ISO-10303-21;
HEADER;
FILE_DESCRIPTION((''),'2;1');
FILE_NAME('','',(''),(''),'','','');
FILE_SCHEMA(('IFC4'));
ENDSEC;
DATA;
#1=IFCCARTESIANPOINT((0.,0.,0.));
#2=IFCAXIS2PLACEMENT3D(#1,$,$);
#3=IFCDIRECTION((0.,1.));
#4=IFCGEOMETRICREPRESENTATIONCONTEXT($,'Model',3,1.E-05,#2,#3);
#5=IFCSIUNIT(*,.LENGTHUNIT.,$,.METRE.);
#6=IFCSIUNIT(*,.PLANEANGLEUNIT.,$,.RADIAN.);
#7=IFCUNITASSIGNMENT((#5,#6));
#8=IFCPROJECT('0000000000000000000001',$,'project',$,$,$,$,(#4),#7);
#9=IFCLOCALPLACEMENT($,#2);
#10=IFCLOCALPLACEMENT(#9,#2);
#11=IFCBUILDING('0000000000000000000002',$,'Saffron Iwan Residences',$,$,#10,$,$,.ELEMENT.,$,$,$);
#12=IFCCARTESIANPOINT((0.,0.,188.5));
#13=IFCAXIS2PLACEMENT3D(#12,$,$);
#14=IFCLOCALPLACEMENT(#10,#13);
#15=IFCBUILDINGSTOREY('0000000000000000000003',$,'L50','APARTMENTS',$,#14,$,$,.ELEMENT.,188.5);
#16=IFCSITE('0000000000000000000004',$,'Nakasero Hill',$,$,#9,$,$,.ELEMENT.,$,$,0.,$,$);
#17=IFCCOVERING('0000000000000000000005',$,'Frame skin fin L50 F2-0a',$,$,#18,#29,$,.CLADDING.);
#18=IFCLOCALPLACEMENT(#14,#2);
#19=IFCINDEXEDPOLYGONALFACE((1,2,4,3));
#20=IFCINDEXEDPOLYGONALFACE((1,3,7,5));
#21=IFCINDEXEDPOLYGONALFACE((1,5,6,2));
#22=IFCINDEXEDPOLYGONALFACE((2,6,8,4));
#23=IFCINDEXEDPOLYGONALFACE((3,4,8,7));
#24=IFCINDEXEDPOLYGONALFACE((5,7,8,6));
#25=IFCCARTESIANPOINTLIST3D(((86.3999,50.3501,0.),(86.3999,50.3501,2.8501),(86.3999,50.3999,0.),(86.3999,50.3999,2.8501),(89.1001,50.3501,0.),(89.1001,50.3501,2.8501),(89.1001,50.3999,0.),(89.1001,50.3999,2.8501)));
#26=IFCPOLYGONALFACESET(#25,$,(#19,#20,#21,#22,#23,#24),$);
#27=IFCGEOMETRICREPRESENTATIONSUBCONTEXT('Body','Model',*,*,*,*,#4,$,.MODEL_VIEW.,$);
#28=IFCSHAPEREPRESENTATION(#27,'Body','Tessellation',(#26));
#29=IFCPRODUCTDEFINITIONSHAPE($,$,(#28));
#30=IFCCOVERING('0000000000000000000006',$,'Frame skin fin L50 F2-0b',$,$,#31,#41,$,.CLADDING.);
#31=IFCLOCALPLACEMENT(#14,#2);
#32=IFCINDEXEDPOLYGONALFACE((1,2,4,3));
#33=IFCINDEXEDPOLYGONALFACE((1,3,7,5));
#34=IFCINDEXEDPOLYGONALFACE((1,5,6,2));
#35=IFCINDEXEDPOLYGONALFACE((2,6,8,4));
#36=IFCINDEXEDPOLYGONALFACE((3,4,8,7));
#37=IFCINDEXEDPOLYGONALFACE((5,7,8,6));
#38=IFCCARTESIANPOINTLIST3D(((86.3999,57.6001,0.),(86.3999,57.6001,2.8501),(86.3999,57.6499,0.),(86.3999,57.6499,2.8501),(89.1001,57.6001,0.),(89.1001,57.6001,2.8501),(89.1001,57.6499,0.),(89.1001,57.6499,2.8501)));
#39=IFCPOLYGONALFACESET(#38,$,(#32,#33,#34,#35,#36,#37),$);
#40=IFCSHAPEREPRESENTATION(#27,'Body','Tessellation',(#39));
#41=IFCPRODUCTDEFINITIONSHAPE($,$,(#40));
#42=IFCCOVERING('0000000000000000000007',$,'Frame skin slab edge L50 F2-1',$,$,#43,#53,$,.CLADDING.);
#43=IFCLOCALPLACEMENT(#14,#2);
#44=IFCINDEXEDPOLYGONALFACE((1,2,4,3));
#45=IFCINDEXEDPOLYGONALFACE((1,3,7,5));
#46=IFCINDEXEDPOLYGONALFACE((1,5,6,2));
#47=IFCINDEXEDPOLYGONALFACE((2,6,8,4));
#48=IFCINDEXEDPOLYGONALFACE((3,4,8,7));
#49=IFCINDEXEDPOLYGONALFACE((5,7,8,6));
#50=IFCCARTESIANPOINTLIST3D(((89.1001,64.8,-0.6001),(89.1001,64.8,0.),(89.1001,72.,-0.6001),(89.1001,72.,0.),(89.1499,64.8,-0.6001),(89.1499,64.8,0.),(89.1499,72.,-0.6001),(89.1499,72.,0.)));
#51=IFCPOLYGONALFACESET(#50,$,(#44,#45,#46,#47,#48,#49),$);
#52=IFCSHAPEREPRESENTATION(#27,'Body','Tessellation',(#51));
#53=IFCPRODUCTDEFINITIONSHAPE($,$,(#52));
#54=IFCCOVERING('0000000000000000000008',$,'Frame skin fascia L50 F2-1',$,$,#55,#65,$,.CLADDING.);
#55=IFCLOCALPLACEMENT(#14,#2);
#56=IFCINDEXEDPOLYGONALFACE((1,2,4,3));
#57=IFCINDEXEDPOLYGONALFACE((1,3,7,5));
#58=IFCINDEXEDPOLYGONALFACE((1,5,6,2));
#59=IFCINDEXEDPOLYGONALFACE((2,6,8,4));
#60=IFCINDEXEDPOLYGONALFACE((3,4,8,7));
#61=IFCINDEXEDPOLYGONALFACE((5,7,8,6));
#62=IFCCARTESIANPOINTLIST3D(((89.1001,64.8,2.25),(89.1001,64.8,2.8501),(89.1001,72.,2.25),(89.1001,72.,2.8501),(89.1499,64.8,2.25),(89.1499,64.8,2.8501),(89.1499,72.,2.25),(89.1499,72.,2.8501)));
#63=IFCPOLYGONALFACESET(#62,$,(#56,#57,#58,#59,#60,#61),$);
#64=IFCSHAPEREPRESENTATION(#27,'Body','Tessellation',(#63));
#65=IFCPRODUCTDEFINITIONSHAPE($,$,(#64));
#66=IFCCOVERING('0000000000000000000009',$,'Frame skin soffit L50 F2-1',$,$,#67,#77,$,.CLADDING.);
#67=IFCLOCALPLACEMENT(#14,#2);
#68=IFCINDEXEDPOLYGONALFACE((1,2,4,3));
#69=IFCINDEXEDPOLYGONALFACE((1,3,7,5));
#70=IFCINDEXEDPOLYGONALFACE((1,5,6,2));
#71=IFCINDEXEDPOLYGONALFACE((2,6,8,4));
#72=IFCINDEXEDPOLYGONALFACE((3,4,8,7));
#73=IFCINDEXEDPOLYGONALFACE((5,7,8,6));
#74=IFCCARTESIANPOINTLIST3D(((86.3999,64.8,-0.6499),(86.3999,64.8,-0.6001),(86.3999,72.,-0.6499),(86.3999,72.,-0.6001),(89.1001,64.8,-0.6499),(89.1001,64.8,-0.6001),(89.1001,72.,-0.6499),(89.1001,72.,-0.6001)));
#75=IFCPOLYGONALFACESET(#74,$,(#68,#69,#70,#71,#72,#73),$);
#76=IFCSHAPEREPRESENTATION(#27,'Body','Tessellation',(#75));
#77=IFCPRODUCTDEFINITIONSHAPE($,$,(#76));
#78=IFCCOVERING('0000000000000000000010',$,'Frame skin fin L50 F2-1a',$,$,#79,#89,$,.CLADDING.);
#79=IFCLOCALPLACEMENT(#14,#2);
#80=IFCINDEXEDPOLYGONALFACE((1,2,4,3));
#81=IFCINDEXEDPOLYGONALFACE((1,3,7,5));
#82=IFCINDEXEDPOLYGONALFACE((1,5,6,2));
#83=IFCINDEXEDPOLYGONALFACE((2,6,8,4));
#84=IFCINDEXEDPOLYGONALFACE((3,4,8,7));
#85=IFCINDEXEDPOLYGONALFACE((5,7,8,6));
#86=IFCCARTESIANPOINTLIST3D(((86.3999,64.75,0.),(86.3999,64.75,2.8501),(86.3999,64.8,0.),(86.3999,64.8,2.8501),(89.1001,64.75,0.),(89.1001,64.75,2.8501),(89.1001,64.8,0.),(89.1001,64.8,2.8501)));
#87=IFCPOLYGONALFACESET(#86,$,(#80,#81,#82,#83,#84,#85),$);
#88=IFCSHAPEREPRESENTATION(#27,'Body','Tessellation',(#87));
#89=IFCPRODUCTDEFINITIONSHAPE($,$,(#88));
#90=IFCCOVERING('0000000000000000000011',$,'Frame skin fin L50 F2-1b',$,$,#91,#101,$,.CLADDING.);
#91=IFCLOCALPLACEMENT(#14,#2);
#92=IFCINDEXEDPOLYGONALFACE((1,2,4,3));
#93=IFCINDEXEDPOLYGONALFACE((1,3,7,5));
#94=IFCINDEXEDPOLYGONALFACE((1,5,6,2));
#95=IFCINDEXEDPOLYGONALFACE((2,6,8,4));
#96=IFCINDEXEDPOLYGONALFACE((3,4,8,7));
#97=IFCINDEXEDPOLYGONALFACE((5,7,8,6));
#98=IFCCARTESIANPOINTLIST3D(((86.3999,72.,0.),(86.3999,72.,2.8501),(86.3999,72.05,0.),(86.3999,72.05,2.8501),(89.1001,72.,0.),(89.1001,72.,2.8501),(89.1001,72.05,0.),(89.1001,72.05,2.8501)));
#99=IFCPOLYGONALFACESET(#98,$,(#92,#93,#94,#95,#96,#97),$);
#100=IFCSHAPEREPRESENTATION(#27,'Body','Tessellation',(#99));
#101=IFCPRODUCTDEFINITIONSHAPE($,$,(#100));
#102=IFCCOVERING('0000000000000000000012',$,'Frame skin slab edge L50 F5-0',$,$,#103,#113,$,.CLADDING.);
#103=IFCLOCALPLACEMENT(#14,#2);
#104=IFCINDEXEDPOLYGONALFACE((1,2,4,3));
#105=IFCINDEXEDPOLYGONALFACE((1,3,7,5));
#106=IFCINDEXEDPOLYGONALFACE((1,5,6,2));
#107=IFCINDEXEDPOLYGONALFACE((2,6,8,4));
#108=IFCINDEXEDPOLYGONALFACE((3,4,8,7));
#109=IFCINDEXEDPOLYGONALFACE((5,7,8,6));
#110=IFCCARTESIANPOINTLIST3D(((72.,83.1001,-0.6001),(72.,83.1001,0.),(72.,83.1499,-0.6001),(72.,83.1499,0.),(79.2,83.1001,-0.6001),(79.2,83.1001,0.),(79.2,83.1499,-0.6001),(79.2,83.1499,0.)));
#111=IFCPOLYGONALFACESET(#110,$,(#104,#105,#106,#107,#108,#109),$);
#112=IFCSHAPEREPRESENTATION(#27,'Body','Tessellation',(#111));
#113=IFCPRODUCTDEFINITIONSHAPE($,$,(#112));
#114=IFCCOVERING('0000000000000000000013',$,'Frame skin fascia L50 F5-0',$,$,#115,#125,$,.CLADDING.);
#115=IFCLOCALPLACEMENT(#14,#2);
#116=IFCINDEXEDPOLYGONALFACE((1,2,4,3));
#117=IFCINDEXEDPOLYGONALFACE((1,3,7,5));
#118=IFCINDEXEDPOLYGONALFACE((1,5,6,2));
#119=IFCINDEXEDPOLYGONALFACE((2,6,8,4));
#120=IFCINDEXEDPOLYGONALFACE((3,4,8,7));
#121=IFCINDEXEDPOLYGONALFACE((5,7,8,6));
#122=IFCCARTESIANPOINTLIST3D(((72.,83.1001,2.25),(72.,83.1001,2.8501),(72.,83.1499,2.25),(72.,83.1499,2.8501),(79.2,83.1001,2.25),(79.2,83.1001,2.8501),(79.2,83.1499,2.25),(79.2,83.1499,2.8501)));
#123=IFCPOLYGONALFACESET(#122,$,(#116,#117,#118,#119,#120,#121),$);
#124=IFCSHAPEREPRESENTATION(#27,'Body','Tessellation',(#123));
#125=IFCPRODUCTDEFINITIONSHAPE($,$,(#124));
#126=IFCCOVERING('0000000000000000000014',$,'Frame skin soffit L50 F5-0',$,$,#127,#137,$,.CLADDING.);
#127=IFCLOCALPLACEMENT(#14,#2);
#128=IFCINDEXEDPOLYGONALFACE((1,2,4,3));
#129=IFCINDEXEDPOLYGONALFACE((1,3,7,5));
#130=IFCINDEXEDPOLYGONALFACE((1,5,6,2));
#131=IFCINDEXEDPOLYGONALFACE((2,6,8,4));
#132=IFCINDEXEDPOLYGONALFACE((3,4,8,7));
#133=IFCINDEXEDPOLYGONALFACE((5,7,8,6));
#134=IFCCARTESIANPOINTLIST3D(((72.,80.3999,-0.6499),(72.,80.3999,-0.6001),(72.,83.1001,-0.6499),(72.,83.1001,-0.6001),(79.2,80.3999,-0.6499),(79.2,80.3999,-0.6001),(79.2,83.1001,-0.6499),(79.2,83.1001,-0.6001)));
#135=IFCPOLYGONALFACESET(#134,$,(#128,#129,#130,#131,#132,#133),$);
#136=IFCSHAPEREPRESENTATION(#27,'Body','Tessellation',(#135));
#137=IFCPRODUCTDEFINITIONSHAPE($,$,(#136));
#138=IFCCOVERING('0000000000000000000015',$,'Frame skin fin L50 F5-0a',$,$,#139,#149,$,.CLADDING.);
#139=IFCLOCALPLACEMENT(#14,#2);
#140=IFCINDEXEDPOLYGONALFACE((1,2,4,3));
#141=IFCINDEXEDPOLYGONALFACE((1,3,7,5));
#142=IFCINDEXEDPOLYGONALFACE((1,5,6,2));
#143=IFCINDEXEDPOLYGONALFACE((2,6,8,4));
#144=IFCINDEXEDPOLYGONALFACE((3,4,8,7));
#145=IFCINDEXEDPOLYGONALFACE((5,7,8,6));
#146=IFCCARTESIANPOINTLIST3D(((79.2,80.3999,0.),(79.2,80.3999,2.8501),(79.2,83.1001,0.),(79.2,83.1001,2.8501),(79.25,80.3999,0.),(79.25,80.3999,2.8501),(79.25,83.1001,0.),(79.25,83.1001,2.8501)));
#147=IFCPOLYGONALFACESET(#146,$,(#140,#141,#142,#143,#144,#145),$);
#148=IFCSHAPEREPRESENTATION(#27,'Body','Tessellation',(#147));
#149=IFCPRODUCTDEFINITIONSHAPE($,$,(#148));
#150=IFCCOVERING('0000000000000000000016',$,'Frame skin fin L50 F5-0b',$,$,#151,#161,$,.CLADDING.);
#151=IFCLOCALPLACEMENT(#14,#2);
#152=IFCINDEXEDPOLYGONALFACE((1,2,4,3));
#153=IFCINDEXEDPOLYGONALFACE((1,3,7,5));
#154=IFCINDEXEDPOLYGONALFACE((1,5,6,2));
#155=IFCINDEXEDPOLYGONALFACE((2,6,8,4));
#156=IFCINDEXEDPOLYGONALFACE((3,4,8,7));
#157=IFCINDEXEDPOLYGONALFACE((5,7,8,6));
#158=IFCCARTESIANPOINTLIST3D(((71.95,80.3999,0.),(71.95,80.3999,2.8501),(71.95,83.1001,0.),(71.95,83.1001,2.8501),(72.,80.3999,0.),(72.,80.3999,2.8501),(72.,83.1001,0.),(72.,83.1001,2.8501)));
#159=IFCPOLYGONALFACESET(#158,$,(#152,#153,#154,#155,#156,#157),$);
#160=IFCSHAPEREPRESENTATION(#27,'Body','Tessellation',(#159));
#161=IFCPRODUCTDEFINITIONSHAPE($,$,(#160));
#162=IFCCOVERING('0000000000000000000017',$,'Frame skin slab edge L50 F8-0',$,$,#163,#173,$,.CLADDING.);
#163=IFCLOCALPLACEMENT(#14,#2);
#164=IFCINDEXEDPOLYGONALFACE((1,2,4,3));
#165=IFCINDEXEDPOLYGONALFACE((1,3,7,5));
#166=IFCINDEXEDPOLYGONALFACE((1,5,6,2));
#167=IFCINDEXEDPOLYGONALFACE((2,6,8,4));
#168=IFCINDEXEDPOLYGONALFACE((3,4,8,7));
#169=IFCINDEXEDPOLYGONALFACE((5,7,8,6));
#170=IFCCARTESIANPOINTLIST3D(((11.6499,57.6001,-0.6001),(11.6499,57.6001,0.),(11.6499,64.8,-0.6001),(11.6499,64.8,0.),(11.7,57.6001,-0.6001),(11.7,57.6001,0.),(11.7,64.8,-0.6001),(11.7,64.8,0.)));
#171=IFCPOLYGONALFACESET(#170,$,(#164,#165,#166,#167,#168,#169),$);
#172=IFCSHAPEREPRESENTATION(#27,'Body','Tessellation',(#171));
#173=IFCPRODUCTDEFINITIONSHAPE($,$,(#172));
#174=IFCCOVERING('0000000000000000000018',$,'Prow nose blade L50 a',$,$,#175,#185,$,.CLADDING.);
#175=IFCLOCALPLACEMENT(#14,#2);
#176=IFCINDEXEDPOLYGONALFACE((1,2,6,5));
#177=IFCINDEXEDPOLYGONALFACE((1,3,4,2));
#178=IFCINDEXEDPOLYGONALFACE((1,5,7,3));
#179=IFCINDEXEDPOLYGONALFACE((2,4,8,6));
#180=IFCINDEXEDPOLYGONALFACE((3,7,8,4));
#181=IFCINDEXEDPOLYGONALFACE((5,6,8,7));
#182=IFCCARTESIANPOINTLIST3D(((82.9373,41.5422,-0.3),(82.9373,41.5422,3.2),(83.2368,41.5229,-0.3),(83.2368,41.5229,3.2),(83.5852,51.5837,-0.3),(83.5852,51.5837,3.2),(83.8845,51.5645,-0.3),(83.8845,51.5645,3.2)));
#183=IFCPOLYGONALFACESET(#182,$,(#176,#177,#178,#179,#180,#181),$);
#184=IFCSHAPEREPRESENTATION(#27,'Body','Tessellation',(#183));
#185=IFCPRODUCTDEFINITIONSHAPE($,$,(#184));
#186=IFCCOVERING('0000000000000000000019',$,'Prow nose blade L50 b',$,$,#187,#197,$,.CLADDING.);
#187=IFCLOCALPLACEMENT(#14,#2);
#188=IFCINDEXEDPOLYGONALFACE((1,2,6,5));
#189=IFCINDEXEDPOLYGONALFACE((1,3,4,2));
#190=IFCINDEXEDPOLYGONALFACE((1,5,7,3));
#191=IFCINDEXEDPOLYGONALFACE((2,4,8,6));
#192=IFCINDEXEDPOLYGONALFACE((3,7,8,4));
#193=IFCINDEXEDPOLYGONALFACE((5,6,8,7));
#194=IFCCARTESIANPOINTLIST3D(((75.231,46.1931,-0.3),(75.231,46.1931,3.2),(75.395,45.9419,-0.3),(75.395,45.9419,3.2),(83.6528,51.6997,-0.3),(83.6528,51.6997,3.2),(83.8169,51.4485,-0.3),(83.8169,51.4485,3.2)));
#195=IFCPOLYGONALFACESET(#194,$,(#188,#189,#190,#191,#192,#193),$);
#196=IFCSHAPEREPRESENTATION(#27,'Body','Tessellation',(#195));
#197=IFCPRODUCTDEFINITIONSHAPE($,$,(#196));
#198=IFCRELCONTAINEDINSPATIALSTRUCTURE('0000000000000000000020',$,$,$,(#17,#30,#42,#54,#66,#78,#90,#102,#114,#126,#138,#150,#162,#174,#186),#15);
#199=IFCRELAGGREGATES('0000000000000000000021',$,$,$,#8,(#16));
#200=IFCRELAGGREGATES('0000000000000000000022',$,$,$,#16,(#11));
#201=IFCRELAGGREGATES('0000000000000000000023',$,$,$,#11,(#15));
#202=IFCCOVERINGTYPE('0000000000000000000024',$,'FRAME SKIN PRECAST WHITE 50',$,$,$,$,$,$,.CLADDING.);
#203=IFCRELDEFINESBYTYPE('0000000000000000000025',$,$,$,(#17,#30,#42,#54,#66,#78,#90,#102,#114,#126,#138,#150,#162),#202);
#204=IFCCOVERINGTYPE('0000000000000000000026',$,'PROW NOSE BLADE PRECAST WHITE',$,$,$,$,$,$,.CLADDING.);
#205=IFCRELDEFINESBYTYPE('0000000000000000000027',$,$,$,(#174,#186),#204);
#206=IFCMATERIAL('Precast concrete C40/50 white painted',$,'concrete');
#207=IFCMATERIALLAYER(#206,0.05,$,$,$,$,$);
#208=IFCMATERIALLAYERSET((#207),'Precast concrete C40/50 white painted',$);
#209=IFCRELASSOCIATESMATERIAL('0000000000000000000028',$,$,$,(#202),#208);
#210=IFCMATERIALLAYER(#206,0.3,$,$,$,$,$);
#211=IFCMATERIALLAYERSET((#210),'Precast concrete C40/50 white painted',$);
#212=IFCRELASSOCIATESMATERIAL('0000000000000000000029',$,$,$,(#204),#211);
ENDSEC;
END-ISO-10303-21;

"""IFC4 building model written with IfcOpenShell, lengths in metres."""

from ifc_helpers import new_model, si_unit, direction, frame, origin, place, context, subcontext, project, spatial, polyline, outline, extrude, material, layer, layer_set, type_object, element, save


model = new_model("IFC4")

# Units and contexts
model_context = context("Model", 3, precision=1e-05, world=origin(), true_north=direction((0.0, 1.0)))
body_context = subcontext(model_context, "Body", "Model", "MODEL_VIEW")
ifc_project = project(units=[si_unit("LENGTHUNIT", "METRE"), si_unit("PLANEANGLEUNIT", "RADIAN")], contexts=[model_context])

# Site, building, storey
site_placement = place(None, origin())
site = spatial("IfcSite", under=ifc_project, at=site_placement, Name="Nakasero Hill", CompositionType="ELEMENT", RefElevation=0.0)
building_placement = place(site_placement, origin())
building = spatial("IfcBuilding", under=site, at=building_placement, Name="Saffron Iwan Residences", CompositionType="ELEMENT")
storey_placement = place(building_placement, frame((0.0, 0.0, 188.5)))
storey = spatial("IfcBuildingStorey", under=building, at=storey_placement, Name="L50", Description="APARTMENTS", CompositionType="ELEMENT", Elevation=188.5)

# Coverings
ifc_material_1 = material(Name="Precast concrete C40/50 white painted", Category="concrete")
ifc_layer_1 = layer(ifc_material_1, 0.05)
ifc_layer_set_1 = layer_set([ifc_layer_1], Name="Precast concrete C40/50 white painted")
covering_type_1 = type_object("IfcCoveringType", Name="FRAME SKIN PRECAST WHITE 50", PredefinedType="CLADDING", material=ifc_layer_set_1)
covering_1_placement = place(storey_placement, origin())
element("IfcCovering", 1, at=covering_1_placement, inside=storey, type_object=covering_type_1, Name="Frame skin fin L50 F2-0a", PredefinedType="CLADDING", context=body_context, shape_type="SweptSolid", body=[
    extrude(outline(polyline([(89.1001, 50.3501), (89.1001, 50.3999), (86.3999, 50.3999), (86.3999, 50.3501), (89.1001, 50.3501)])), origin(), (0.0, 0.0, 1.0), 2.8501),
])
covering_2_placement = place(storey_placement, origin())
element("IfcCovering", 2, at=covering_2_placement, inside=storey, type_object=covering_type_1, Name="Frame skin fin L50 F2-0b", PredefinedType="CLADDING", context=body_context, shape_type="SweptSolid", body=[
    extrude(outline(polyline([(89.1001, 57.6001), (89.1001, 57.6499), (86.3999, 57.6499), (86.3999, 57.6001), (89.1001, 57.6001)])), origin(), (0.0, 0.0, 1.0), 2.8501),
])
for number, where, name in (
    (3, (0.0, 0.0, -0.6001), "Frame skin slab edge L50 F2-1"),
    (4, (0.0, 0.0, 2.25), "Frame skin fascia L50 F2-1"),
):
    element("IfcCovering", number, at=place(storey_placement, frame(where)), inside=storey, type_object=covering_type_1, Name=name, PredefinedType="CLADDING", context=body_context, shape_type="SweptSolid", body=[
        extrude(outline(polyline([(89.1499, 64.8), (89.1499, 72.0), (89.1001, 72.0), (89.1001, 64.8), (89.1499, 64.8)])), origin(), (0.0, 0.0, 1.0), 0.6001),
    ])
covering_3_placement = place(storey_placement, frame((0.0, 0.0, -0.6499)))
element("IfcCovering", 5, at=covering_3_placement, inside=storey, type_object=covering_type_1, Name="Frame skin soffit L50 F2-1", PredefinedType="CLADDING", context=body_context, shape_type="SweptSolid", body=[
    extrude(outline(polyline([(89.1001, 64.8), (89.1001, 72.0), (86.3999, 72.0), (86.3999, 64.8), (89.1001, 64.8)])), origin(), (0.0, 0.0, 1.0), 0.0498),
])
covering_4_placement = place(storey_placement, origin())
element("IfcCovering", 6, at=covering_4_placement, inside=storey, type_object=covering_type_1, Name="Frame skin fin L50 F2-1a", PredefinedType="CLADDING", context=body_context, shape_type="SweptSolid", body=[
    extrude(outline(polyline([(89.1001, 64.75), (89.1001, 64.8), (86.3999, 64.8), (86.3999, 64.75), (89.1001, 64.75)])), origin(), (0.0, 0.0, 1.0), 2.8501),
])
covering_5_placement = place(storey_placement, origin())
element("IfcCovering", 7, at=covering_5_placement, inside=storey, type_object=covering_type_1, Name="Frame skin fin L50 F2-1b", PredefinedType="CLADDING", context=body_context, shape_type="SweptSolid", body=[
    extrude(outline(polyline([(89.1001, 72.0), (89.1001, 72.05), (86.3999, 72.05), (86.3999, 72.0), (89.1001, 72.0)])), origin(), (0.0, 0.0, 1.0), 2.8501),
])
for number, where, name in (
    (8, (0.0, 0.0, -0.6001), "Frame skin slab edge L50 F5-0"),
    (9, (0.0, 0.0, 2.25), "Frame skin fascia L50 F5-0"),
):
    element("IfcCovering", number, at=place(storey_placement, frame(where)), inside=storey, type_object=covering_type_1, Name=name, PredefinedType="CLADDING", context=body_context, shape_type="SweptSolid", body=[
        extrude(outline(polyline([(79.2, 83.1499), (72.0, 83.1499), (72.0, 83.1001), (79.2, 83.1001), (79.2, 83.1499)])), origin(), (0.0, 0.0, 1.0), 0.6001),
    ])
covering_6_placement = place(storey_placement, frame((0.0, 0.0, -0.6499)))
element("IfcCovering", 10, at=covering_6_placement, inside=storey, type_object=covering_type_1, Name="Frame skin soffit L50 F5-0", PredefinedType="CLADDING", context=body_context, shape_type="SweptSolid", body=[
    extrude(outline(polyline([(79.2, 83.1001), (72.0, 83.1001), (72.0, 80.3999), (79.2, 80.3999), (79.2, 83.1001)])), origin(), (0.0, 0.0, 1.0), 0.0498),
])
covering_7_placement = place(storey_placement, origin())
element("IfcCovering", 11, at=covering_7_placement, inside=storey, type_object=covering_type_1, Name="Frame skin fin L50 F5-0a", PredefinedType="CLADDING", context=body_context, shape_type="SweptSolid", body=[
    extrude(outline(polyline([(79.25, 83.1001), (79.2, 83.1001), (79.2, 80.3999), (79.25, 80.3999), (79.25, 83.1001)])), origin(), (0.0, 0.0, 1.0), 2.8501),
])
covering_8_placement = place(storey_placement, origin())
element("IfcCovering", 12, at=covering_8_placement, inside=storey, type_object=covering_type_1, Name="Frame skin fin L50 F5-0b", PredefinedType="CLADDING", context=body_context, shape_type="SweptSolid", body=[
    extrude(outline(polyline([(72.0, 83.1001), (71.95, 83.1001), (71.95, 80.3999), (72.0, 80.3999), (72.0, 83.1001)])), origin(), (0.0, 0.0, 1.0), 2.8501),
])
covering_9_placement = place(storey_placement, frame((0.0, 0.0, -0.6001)))
element("IfcCovering", 13, at=covering_9_placement, inside=storey, type_object=covering_type_1, Name="Frame skin slab edge L50 F8-0", PredefinedType="CLADDING", context=body_context, shape_type="SweptSolid", body=[
    extrude(outline(polyline([(11.6499, 64.8), (11.6499, 57.6001), (11.7, 57.6001), (11.7, 64.8), (11.6499, 64.8)])), origin(), (0.0, 0.0, 1.0), 0.6001),
])
ifc_layer_2 = layer(ifc_material_1, 0.3)
ifc_layer_set_2 = layer_set([ifc_layer_2], Name="Precast concrete C40/50 white painted")
covering_type_2 = type_object("IfcCoveringType", Name="PROW NOSE BLADE PRECAST WHITE", PredefinedType="CLADDING", material=ifc_layer_set_2)
covering_10_placement = place(storey_placement, frame((0.0, 0.0, -0.3)))
element("IfcCovering", 14, at=covering_10_placement, inside=storey, type_object=covering_type_2, Name="Prow nose blade L50 a", PredefinedType="CLADDING", context=body_context, shape_type="SweptSolid", body=[
    extrude(outline(polyline([(83.2368, 41.5229), (83.8845, 51.5645), (83.5852, 51.5837), (82.9373, 41.5422), (83.2368, 41.5229)])), origin(), (0.0, 0.0, 1.0), 3.5),
])
covering_11_placement = place(storey_placement, frame((0.0, 0.0, -0.3)))
element("IfcCovering", 15, at=covering_11_placement, inside=storey, type_object=covering_type_2, Name="Prow nose blade L50 b", PredefinedType="CLADDING", context=body_context, shape_type="SweptSolid", body=[
    extrude(outline(polyline([(75.395, 45.9419), (83.8169, 51.4485), (83.6528, 51.6997), (75.231, 46.1931), (75.395, 45.9419)])), origin(), (0.0, 0.0, 1.0), 3.5),
])

save(model, "model.ifc")
